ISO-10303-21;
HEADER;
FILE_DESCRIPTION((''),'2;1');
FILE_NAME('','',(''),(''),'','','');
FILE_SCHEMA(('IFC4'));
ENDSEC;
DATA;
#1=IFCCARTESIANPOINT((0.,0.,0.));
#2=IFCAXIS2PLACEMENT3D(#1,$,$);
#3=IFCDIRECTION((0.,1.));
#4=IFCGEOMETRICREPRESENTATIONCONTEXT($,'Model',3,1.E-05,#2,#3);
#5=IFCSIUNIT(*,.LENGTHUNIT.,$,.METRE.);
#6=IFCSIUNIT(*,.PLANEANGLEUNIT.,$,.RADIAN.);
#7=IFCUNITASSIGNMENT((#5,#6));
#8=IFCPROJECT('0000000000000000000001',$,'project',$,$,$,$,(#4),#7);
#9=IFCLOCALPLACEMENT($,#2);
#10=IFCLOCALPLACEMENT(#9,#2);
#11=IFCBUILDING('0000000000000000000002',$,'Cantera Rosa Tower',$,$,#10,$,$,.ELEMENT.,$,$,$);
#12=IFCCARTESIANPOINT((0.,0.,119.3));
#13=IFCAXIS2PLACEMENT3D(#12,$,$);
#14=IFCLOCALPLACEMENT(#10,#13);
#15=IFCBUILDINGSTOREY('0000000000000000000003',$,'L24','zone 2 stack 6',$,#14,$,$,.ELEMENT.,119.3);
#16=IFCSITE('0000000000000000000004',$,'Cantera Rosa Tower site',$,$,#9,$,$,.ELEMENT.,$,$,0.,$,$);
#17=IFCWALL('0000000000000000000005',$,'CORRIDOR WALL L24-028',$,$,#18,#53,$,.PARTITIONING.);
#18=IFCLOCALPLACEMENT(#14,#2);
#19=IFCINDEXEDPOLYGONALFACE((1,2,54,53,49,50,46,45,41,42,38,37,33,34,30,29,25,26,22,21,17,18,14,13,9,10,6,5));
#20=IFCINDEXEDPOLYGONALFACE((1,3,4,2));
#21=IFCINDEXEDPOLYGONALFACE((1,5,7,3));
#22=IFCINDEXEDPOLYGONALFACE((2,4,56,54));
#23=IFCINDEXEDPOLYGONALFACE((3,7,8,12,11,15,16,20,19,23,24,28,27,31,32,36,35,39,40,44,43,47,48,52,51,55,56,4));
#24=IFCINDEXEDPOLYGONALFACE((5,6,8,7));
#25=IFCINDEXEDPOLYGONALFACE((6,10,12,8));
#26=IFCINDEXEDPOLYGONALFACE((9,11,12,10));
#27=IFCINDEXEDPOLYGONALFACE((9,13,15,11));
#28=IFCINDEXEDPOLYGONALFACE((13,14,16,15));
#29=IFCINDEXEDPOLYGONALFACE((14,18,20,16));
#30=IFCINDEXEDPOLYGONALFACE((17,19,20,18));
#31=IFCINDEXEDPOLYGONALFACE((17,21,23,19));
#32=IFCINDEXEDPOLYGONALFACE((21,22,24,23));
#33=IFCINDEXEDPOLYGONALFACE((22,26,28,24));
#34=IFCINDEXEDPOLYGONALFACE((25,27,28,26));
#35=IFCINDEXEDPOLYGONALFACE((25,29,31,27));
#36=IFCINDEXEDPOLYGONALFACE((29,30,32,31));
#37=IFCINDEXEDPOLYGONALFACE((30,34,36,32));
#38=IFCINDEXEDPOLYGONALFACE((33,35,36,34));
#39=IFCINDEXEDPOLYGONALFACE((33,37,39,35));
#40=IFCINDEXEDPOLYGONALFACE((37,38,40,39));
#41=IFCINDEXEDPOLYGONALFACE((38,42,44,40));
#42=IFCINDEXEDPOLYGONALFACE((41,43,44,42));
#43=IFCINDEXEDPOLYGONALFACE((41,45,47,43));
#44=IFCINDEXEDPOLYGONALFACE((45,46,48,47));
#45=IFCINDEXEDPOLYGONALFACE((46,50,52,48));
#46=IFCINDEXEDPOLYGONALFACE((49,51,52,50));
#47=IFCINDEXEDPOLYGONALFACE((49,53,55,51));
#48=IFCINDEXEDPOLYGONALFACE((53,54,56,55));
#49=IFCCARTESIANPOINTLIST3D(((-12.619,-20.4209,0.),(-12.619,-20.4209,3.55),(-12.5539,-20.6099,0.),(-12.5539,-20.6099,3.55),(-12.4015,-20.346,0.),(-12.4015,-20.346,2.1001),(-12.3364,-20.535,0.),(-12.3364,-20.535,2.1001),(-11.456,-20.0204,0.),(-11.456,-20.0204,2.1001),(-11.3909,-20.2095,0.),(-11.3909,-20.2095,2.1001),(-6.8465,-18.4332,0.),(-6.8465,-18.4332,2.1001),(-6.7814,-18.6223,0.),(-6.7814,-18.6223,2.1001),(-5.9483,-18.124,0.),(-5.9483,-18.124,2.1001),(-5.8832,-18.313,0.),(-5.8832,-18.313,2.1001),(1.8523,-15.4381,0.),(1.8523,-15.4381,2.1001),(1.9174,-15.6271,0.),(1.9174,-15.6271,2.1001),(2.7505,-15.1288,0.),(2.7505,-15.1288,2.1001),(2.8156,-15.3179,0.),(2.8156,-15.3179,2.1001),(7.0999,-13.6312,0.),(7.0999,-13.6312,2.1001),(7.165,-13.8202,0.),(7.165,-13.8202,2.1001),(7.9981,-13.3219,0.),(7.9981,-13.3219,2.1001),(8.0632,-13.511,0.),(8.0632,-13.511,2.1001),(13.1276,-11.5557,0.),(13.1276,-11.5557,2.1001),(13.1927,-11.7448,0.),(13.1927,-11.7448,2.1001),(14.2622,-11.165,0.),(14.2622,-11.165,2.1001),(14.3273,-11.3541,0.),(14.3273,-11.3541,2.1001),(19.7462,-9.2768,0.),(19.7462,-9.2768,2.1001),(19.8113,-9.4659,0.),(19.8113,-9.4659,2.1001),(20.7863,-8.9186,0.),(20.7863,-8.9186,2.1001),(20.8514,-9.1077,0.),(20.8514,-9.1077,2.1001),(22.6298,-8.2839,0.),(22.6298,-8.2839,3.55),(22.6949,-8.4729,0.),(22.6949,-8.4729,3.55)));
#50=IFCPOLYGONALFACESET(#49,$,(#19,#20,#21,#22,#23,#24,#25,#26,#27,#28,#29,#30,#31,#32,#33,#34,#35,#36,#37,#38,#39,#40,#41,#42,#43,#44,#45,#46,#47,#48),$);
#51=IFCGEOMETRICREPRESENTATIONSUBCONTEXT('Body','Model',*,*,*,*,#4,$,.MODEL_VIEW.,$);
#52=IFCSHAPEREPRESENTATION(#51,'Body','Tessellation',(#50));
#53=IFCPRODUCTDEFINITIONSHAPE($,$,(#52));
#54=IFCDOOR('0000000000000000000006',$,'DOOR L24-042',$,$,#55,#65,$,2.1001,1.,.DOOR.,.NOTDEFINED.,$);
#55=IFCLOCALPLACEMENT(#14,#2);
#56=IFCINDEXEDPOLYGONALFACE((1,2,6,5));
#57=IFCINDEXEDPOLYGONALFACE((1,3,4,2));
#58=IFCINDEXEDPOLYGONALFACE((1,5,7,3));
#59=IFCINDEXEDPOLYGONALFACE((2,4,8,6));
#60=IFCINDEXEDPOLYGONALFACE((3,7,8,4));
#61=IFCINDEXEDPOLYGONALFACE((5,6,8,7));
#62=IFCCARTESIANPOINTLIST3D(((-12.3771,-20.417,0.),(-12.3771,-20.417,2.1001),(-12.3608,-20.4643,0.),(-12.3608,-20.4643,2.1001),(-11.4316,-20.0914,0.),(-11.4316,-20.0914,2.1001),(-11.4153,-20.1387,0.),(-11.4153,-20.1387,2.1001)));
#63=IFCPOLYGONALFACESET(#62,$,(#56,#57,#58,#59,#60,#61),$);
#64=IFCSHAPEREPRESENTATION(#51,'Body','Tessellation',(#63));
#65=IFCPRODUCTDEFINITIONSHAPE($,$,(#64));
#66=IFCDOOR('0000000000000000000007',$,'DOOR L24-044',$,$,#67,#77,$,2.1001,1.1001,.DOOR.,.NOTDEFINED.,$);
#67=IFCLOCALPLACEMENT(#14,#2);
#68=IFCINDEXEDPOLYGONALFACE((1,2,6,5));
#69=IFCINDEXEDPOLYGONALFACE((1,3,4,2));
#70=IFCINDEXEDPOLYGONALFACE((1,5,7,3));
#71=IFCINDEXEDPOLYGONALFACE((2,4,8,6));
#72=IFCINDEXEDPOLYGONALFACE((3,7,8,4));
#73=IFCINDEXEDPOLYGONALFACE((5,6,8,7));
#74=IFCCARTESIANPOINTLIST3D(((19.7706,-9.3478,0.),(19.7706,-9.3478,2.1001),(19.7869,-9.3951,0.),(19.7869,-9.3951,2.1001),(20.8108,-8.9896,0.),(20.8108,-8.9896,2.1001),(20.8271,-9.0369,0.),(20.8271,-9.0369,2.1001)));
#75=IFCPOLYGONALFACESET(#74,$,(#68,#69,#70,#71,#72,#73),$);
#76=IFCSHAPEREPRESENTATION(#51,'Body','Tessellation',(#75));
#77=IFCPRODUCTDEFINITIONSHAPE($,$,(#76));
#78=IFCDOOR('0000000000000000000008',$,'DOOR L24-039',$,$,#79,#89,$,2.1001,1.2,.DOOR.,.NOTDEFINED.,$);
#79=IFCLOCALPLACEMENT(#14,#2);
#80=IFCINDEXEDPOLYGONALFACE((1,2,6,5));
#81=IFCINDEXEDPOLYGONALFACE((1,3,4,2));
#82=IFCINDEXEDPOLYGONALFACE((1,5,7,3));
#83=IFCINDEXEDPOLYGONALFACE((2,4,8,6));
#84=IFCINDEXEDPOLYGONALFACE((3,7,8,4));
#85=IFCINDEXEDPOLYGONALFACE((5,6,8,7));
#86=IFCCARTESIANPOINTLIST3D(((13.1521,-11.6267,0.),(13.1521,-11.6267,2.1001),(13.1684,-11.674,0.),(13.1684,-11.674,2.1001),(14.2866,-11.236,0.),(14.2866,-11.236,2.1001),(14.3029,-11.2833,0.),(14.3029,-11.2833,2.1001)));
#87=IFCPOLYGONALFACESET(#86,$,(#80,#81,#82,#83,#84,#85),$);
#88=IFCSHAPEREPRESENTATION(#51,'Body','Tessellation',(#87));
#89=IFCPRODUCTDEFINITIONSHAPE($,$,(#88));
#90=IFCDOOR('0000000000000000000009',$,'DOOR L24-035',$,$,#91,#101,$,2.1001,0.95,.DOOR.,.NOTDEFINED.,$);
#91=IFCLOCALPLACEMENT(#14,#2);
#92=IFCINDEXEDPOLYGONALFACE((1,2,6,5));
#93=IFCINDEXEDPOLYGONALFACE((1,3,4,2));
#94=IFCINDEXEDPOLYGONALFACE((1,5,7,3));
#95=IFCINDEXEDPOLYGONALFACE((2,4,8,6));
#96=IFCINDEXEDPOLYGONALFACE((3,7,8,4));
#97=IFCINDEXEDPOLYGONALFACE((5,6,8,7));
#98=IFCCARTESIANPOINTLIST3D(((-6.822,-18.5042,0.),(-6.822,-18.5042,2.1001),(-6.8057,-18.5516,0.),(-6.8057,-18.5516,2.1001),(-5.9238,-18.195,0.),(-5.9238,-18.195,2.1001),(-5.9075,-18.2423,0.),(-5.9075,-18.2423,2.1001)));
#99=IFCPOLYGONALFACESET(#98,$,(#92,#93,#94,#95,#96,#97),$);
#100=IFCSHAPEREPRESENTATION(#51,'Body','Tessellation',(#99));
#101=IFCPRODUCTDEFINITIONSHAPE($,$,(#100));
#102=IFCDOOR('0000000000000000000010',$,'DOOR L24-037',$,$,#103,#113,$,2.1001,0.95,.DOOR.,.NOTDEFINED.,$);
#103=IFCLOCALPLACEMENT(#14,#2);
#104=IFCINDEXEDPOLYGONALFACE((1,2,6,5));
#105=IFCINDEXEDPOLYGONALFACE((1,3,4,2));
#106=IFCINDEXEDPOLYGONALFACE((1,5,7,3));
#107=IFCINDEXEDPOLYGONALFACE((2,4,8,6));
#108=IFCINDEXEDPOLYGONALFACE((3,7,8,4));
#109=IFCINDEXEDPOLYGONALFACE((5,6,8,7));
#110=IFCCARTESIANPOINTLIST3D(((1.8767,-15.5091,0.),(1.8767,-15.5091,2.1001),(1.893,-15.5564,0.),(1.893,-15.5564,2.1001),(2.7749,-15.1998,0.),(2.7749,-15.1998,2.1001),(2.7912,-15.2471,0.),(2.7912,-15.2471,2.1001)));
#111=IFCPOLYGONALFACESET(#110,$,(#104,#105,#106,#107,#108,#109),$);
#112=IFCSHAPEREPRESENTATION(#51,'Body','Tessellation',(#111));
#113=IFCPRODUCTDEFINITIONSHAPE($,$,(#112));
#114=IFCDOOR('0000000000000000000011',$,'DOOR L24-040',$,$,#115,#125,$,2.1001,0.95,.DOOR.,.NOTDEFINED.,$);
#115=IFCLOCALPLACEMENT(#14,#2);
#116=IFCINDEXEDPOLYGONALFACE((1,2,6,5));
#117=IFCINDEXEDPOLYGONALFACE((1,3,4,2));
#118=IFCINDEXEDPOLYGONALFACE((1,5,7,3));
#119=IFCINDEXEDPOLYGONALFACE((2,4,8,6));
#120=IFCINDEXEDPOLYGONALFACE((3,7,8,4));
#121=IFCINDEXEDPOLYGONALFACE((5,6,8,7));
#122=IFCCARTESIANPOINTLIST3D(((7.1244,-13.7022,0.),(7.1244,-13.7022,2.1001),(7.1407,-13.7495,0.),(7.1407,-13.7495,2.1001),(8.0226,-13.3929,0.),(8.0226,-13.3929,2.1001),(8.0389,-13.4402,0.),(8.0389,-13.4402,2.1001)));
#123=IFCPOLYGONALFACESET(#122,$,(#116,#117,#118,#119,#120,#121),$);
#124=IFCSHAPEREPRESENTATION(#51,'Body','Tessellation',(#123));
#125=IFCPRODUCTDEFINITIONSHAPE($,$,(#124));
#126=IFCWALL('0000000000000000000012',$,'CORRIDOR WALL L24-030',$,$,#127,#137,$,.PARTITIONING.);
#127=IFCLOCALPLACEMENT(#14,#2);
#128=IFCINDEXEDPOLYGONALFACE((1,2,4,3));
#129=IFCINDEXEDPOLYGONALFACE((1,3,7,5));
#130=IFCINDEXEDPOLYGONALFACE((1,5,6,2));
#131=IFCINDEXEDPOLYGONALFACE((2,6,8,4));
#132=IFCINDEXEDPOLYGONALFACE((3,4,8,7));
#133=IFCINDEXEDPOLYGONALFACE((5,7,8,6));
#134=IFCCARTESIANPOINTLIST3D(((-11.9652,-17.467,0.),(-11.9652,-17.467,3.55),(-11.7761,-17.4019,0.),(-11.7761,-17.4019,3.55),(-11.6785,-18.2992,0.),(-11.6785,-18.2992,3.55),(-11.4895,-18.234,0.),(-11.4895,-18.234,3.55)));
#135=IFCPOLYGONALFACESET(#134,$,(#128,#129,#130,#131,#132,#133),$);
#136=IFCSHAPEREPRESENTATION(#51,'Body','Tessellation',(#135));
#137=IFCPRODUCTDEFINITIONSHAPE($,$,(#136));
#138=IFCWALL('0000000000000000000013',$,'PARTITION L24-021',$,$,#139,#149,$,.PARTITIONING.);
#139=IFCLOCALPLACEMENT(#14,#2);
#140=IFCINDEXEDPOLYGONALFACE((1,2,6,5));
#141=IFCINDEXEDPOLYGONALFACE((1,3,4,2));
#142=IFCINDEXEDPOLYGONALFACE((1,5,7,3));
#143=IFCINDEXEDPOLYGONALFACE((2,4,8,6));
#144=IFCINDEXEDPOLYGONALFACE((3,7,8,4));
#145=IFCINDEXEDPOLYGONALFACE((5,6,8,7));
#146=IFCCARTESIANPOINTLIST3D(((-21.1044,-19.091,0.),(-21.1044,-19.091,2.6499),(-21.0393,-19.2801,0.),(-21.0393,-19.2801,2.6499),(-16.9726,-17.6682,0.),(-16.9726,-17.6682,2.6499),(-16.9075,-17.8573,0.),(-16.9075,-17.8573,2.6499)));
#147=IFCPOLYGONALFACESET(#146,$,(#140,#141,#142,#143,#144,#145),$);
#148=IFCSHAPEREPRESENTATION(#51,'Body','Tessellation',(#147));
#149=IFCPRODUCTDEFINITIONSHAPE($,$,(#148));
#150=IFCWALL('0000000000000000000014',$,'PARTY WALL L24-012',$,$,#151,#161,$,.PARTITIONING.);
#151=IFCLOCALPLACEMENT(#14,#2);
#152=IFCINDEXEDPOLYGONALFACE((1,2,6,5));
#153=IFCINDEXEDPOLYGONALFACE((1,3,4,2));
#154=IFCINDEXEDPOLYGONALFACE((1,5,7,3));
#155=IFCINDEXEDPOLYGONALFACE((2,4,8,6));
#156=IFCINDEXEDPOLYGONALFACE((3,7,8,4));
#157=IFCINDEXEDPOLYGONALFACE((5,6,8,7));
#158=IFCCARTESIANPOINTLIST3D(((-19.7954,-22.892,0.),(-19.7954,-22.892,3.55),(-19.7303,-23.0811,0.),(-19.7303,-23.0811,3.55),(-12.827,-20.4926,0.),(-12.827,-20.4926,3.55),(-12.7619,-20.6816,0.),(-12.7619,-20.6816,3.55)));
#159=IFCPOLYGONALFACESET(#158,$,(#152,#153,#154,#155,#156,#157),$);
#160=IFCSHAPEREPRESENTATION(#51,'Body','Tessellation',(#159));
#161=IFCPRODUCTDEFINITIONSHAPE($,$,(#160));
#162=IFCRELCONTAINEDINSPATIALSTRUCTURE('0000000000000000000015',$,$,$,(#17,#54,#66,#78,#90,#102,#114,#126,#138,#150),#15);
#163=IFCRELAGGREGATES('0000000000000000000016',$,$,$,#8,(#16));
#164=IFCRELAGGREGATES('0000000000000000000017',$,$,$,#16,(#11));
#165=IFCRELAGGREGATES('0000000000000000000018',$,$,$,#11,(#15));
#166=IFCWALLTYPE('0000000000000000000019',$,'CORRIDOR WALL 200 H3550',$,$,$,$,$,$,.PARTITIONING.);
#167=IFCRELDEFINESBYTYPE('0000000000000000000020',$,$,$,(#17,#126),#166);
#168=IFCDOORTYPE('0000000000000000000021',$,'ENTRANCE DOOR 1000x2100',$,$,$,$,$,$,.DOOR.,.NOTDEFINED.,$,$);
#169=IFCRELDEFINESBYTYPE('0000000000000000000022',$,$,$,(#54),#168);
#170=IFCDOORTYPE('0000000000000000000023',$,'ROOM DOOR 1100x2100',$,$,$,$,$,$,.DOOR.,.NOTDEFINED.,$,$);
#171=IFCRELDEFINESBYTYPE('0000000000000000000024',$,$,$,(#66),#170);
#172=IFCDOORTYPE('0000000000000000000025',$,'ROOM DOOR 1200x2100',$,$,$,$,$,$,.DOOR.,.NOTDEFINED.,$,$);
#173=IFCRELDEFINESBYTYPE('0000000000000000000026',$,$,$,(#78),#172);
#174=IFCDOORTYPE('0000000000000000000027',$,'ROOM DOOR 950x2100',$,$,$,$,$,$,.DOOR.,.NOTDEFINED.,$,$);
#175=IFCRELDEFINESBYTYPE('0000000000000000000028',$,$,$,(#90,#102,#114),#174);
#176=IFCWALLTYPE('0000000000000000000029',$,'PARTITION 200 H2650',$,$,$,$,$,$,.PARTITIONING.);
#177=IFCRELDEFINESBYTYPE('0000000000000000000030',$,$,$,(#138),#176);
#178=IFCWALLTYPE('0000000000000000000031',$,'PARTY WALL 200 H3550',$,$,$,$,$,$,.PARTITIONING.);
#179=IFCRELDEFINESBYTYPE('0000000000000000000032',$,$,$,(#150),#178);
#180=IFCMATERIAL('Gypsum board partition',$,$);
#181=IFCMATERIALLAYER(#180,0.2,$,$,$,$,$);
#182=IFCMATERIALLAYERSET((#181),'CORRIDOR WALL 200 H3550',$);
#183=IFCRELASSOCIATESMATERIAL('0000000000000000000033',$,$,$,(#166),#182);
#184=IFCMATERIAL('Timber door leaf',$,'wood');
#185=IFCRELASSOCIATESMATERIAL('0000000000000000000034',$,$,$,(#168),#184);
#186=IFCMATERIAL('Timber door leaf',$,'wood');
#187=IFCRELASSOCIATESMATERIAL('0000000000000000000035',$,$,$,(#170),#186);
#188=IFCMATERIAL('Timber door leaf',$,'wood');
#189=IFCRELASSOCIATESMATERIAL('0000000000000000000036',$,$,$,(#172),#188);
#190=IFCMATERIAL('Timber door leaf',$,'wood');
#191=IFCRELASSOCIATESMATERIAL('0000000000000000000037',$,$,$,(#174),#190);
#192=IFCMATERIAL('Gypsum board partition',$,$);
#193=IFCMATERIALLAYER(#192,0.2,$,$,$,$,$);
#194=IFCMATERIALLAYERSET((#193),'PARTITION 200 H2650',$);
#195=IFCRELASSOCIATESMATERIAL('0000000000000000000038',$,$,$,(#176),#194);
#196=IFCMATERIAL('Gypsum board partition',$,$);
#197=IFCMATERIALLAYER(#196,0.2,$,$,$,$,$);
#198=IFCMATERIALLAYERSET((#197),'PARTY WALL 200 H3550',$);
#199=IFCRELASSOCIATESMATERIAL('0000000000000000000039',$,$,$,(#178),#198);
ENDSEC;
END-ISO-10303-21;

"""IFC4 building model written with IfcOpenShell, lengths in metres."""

from ifc_helpers import new_model, si_unit, direction, frame, frame_2d, origin, place, context, subcontext, project, spatial, rectangle, extrude, material, layer, layer_set, type_object, element, fill, save


model = new_model("IFC4")

# Units and contexts
model_context = context("Model", 3, precision=1e-05, world=origin(), true_north=direction((0.0, 1.0)))
body_context = subcontext(model_context, "Body", "Model", "MODEL_VIEW")
ifc_project = project(units=[si_unit("LENGTHUNIT", "METRE"), si_unit("PLANEANGLEUNIT", "RADIAN")], contexts=[model_context])

# Site, building, storey
site_placement = place(None, origin())
site = spatial("IfcSite", under=ifc_project, at=site_placement, Name="Cantera Rosa Tower site", CompositionType="ELEMENT", RefElevation=0.0)
building_placement = place(site_placement, origin())
building = spatial("IfcBuilding", under=site, at=building_placement, Name="Cantera Rosa Tower", CompositionType="ELEMENT")
storey_placement = place(building_placement, frame((0.0, 0.0, 119.3)))
storey = spatial("IfcBuildingStorey", under=building, at=storey_placement, Name="L24", Description="zone 2 stack 6", CompositionType="ELEMENT", Elevation=119.3)

# Wall, openings, doors
ifc_material_1 = material(Name="Gypsum board partition")
ifc_layer_1 = layer(ifc_material_1, 0.2)
ifc_layer_set_1 = layer_set([ifc_layer_1], Name="CORRIDOR WALL 200 H3550")
wall_type_1 = type_object("IfcWallType", Name="CORRIDOR WALL 200 H3550", PredefinedType="PARTITIONING", material=ifc_layer_set_1)
wall_1_placement = place(storey_placement, frame((-12.5864, -20.5154, 0.0), z_axis=(0.0, 0.0, 1.0), x_axis=(0.94552, 0.325564, 0.0)))
wall_1 = element("IfcWall", 1, at=wall_1_placement, inside=storey, type_object=wall_type_1, Name="CORRIDOR WALL L24-028", PredefinedType="PARTITIONING", context=body_context, shape_type="SweptSolid", body=[
    extrude(rectangle(XDim=37.2798, YDim=0.2, at=frame_2d((18.6399, 0.0))), origin(), (0.0, 0.0, 1.0), 3.55),
])
opening_1_placement = place(wall_1_placement, frame((6.105, 0.0, 0.0)))
opening_1 = element("IfcOpeningElement", 2, at=opening_1_placement, cuts=wall_1, PredefinedType="OPENING", context=body_context, shape_type="SweptSolid", body=[
    extrude(rectangle(XDim=0.95, YDim=2.1001, at=frame_2d((0.4751, 1.05))), frame((0.0, 0.1099, 0.0), z_axis=(0.0, -1.0, 0.0), x_axis=(1.0, 0.0, 0.0)), (0.0, 0.0, 1.0), 0.22),
])
opening_2_placement = place(wall_1_placement, frame((15.3049, 0.0, 0.0)))
opening_2 = element("IfcOpeningElement", 3, at=opening_2_placement, cuts=wall_1, PredefinedType="OPENING", context=body_context, shape_type="SweptSolid", body=[
    extrude(rectangle(XDim=0.95, YDim=2.1001, at=frame_2d((0.4751, 1.05))), frame((0.0, 0.1099, 0.0), z_axis=(0.0, -1.0, 0.0), x_axis=(1.0, 0.0, 0.0)), (0.0, 0.0, 1.0), 0.22),
])
opening_3_placement = place(wall_1_placement, frame((27.23, 0.0, 0.0)))
opening_3 = element("IfcOpeningElement", 4, at=opening_3_placement, cuts=wall_1, PredefinedType="OPENING", context=body_context, shape_type="SweptSolid", body=[
    extrude(rectangle(XDim=1.2, YDim=2.1001, at=frame_2d((0.6001, 1.05))), frame((0.0, 0.1099, 0.0), z_axis=(0.0, -1.0, 0.0), x_axis=(1.0, 0.0, 0.0)), (0.0, 0.0, 1.0), 0.22),
])
opening_4_placement = place(wall_1_placement, frame((20.855, 0.0, 0.0)))
opening_4 = element("IfcOpeningElement", 5, at=opening_4_placement, cuts=wall_1, PredefinedType="OPENING", context=body_context, shape_type="SweptSolid", body=[
    extrude(rectangle(XDim=0.95, YDim=2.1001, at=frame_2d((0.4751, 1.05))), frame((0.0, 0.1099, 0.0), z_axis=(0.0, -1.0, 0.0), x_axis=(1.0, 0.0, 0.0)), (0.0, 0.0, 1.0), 0.22),
])
opening_5_placement = place(wall_1_placement, frame((0.23, 0.0, 0.0)))
opening_5 = element("IfcOpeningElement", 6, at=opening_5_placement, cuts=wall_1, PredefinedType="OPENING", context=body_context, shape_type="SweptSolid", body=[
    extrude(rectangle(XDim=1.0, YDim=2.1001, at=frame_2d((0.5, 1.05))), frame((0.0, 0.1099, 0.0), z_axis=(0.0, -1.0, 0.0), x_axis=(1.0, 0.0, 0.0)), (0.0, 0.0, 1.0), 0.22),
])
opening_6_placement = place(wall_1_placement, frame((34.23, 0.0, 0.0)))
opening_6 = element("IfcOpeningElement", 7, at=opening_6_placement, cuts=wall_1, PredefinedType="OPENING", context=body_context, shape_type="SweptSolid", body=[
    extrude(rectangle(XDim=1.1001, YDim=2.1001, at=frame_2d((0.55, 1.05))), frame((0.0, 0.1099, 0.0), z_axis=(0.0, -1.0, 0.0), x_axis=(1.0, 0.0, 0.0)), (0.0, 0.0, 1.0), 0.22),
])
ifc_material_2 = material(Name="Timber door leaf", Category="wood")
door_type_1 = type_object("IfcDoorType", Name="ENTRANCE DOOR 1000x2100", OperationType="NOTDEFINED", PredefinedType="DOOR", material=ifc_material_2)
door_1_placement = place(opening_5_placement, origin())
door_1 = element("IfcDoor", 8, at=door_1_placement, inside=storey, type_object=door_type_1, Name="DOOR L24-042", OperationType="NOTDEFINED", OverallHeight=2.1001, OverallWidth=1.0, PredefinedType="DOOR", context=body_context, shape_type="SweptSolid", body=[
    extrude(rectangle(XDim=1.0, YDim=2.1001, at=frame_2d((0.5, 1.05))), frame((0.0, 0.0249, 0.0), z_axis=(0.0, -1.0, 0.0), x_axis=(1.0, 0.0, 0.0)), (0.0, 0.0, 1.0), 0.05),
])
fill(opening_5, door_1)
ifc_material_3 = material(Name="Timber door leaf", Category="wood")
door_type_2 = type_object("IfcDoorType", Name="ROOM DOOR 1100x2100", OperationType="NOTDEFINED", PredefinedType="DOOR", material=ifc_material_3)
door_2_placement = place(opening_6_placement, origin())
door_2 = element("IfcDoor", 9, at=door_2_placement, inside=storey, type_object=door_type_2, Name="DOOR L24-044", OperationType="NOTDEFINED", OverallHeight=2.1001, OverallWidth=1.1001, PredefinedType="DOOR", context=body_context, shape_type="SweptSolid", body=[
    extrude(rectangle(XDim=1.1001, YDim=2.1001, at=frame_2d((0.55, 1.05))), frame((0.0, 0.0249, 0.0), z_axis=(0.0, -1.0, 0.0), x_axis=(1.0, 0.0, 0.0)), (0.0, 0.0, 1.0), 0.05),
])
fill(opening_6, door_2)
ifc_material_4 = material(Name="Timber door leaf", Category="wood")
door_type_3 = type_object("IfcDoorType", Name="ROOM DOOR 1200x2100", OperationType="NOTDEFINED", PredefinedType="DOOR", material=ifc_material_4)
door_3_placement = place(opening_3_placement, origin())
door_3 = element("IfcDoor", 10, at=door_3_placement, inside=storey, type_object=door_type_3, Name="DOOR L24-039", OperationType="NOTDEFINED", OverallHeight=2.1001, OverallWidth=1.2, PredefinedType="DOOR", context=body_context, shape_type="SweptSolid", body=[
    extrude(rectangle(XDim=1.2, YDim=2.1001, at=frame_2d((0.6001, 1.05))), frame((0.0, 0.0249, 0.0), z_axis=(0.0, -1.0, 0.0), x_axis=(1.0, 0.0, 0.0)), (0.0, 0.0, 1.0), 0.05),
])
fill(opening_3, door_3)
ifc_material_5 = material(Name="Timber door leaf", Category="wood")
door_type_4 = type_object("IfcDoorType", Name="ROOM DOOR 950x2100", OperationType="NOTDEFINED", PredefinedType="DOOR", material=ifc_material_5)
door_4_placement = place(opening_1_placement, origin())
door_4 = element("IfcDoor", 11, at=door_4_placement, inside=storey, type_object=door_type_4, Name="DOOR L24-035", OperationType="NOTDEFINED", OverallHeight=2.1001, OverallWidth=0.95, PredefinedType="DOOR", context=body_context, shape_type="SweptSolid", body=[
    extrude(rectangle(XDim=0.95, YDim=2.1001, at=frame_2d((0.4751, 1.05))), frame((0.0, 0.0249, 0.0), z_axis=(0.0, -1.0, 0.0), x_axis=(1.0, 0.0, 0.0)), (0.0, 0.0, 1.0), 0.05),
])
fill(opening_1, door_4)
door_5_placement = place(opening_2_placement, origin())
door_5 = element("IfcDoor", 12, at=door_5_placement, inside=storey, type_object=door_type_4, Name="DOOR L24-037", OperationType="NOTDEFINED", OverallHeight=2.1001, OverallWidth=0.95, PredefinedType="DOOR", context=body_context, shape_type="SweptSolid", body=[
    extrude(rectangle(XDim=0.95, YDim=2.1001, at=frame_2d((0.4751, 1.05))), frame((0.0, 0.0249, 0.0), z_axis=(0.0, -1.0, 0.0), x_axis=(1.0, 0.0, 0.0)), (0.0, 0.0, 1.0), 0.05),
])
fill(opening_2, door_5)
door_6_placement = place(opening_4_placement, origin())
door_6 = element("IfcDoor", 13, at=door_6_placement, inside=storey, type_object=door_type_4, Name="DOOR L24-040", OperationType="NOTDEFINED", OverallHeight=2.1001, OverallWidth=0.95, PredefinedType="DOOR", context=body_context, shape_type="SweptSolid", body=[
    extrude(rectangle(XDim=0.95, YDim=2.1001, at=frame_2d((0.4751, 1.05))), frame((0.0, 0.0249, 0.0), z_axis=(0.0, -1.0, 0.0), x_axis=(1.0, 0.0, 0.0)), (0.0, 0.0, 1.0), 0.05),
])
fill(opening_4, door_6)

# Wall
wall_2_placement = place(storey_placement, frame((-11.8706, -17.4346, 0.0), z_axis=(0.0, 0.0, 1.0), x_axis=(0.3257, -0.945473, 0.0)))
element("IfcWall", 14, at=wall_2_placement, inside=storey, type_object=wall_type_1, Name="CORRIDOR WALL L24-030", PredefinedType="PARTITIONING", context=body_context, shape_type="SweptSolid", body=[
    extrude(rectangle(XDim=0.8801, YDim=0.2, at=frame_2d((0.4399, 0.0))), origin(), (0.0, 0.0, 1.0), 3.55),
])

# Walls
ifc_material_6 = material(Name="Gypsum board partition")
ifc_layer_2 = layer(ifc_material_6, 0.2)
ifc_layer_set_2 = layer_set([ifc_layer_2], Name="PARTITION 200 H2650")
wall_type_2 = type_object("IfcWallType", Name="PARTITION 200 H2650", PredefinedType="PARTITIONING", material=ifc_layer_set_2)
wall_3_placement = place(storey_placement, frame((-16.9399, -17.7627, 0.0), z_axis=(0.0, 0.0, 1.0), x_axis=(-0.945508, -0.325598, 0.0)))
element("IfcWall", 15, at=wall_3_placement, inside=storey, type_object=wall_type_2, Name="PARTITION L24-021", PredefinedType="PARTITIONING", context=body_context, shape_type="SweptSolid", body=[
    extrude(rectangle(XDim=4.3699, YDim=0.2, at=frame_2d((2.1851, 0.0))), origin(), (0.0, 0.0, 1.0), 2.6499),
])
ifc_material_7 = material(Name="Gypsum board partition")
ifc_layer_3 = layer(ifc_material_7, 0.2)
ifc_layer_set_3 = layer_set([ifc_layer_3], Name="PARTY WALL 200 H3550")
wall_type_3 = type_object("IfcWallType", Name="PARTY WALL 200 H3550", PredefinedType="PARTITIONING", material=ifc_layer_set_3)
wall_4_placement = place(storey_placement, frame((-19.7629, -22.9866, 0.0), z_axis=(0.0, 0.0, 1.0), x_axis=(0.945517, 0.325574, 0.0)))
element("IfcWall", 16, at=wall_4_placement, inside=storey, type_object=wall_type_3, Name="PARTY WALL L24-012", PredefinedType="PARTITIONING", context=body_context, shape_type="SweptSolid", body=[
    extrude(rectangle(XDim=7.3699, YDim=0.2, at=frame_2d((3.6851, 0.0))), origin(), (0.0, 0.0, 1.0), 3.55),
])

save(model, "model.ifc")
